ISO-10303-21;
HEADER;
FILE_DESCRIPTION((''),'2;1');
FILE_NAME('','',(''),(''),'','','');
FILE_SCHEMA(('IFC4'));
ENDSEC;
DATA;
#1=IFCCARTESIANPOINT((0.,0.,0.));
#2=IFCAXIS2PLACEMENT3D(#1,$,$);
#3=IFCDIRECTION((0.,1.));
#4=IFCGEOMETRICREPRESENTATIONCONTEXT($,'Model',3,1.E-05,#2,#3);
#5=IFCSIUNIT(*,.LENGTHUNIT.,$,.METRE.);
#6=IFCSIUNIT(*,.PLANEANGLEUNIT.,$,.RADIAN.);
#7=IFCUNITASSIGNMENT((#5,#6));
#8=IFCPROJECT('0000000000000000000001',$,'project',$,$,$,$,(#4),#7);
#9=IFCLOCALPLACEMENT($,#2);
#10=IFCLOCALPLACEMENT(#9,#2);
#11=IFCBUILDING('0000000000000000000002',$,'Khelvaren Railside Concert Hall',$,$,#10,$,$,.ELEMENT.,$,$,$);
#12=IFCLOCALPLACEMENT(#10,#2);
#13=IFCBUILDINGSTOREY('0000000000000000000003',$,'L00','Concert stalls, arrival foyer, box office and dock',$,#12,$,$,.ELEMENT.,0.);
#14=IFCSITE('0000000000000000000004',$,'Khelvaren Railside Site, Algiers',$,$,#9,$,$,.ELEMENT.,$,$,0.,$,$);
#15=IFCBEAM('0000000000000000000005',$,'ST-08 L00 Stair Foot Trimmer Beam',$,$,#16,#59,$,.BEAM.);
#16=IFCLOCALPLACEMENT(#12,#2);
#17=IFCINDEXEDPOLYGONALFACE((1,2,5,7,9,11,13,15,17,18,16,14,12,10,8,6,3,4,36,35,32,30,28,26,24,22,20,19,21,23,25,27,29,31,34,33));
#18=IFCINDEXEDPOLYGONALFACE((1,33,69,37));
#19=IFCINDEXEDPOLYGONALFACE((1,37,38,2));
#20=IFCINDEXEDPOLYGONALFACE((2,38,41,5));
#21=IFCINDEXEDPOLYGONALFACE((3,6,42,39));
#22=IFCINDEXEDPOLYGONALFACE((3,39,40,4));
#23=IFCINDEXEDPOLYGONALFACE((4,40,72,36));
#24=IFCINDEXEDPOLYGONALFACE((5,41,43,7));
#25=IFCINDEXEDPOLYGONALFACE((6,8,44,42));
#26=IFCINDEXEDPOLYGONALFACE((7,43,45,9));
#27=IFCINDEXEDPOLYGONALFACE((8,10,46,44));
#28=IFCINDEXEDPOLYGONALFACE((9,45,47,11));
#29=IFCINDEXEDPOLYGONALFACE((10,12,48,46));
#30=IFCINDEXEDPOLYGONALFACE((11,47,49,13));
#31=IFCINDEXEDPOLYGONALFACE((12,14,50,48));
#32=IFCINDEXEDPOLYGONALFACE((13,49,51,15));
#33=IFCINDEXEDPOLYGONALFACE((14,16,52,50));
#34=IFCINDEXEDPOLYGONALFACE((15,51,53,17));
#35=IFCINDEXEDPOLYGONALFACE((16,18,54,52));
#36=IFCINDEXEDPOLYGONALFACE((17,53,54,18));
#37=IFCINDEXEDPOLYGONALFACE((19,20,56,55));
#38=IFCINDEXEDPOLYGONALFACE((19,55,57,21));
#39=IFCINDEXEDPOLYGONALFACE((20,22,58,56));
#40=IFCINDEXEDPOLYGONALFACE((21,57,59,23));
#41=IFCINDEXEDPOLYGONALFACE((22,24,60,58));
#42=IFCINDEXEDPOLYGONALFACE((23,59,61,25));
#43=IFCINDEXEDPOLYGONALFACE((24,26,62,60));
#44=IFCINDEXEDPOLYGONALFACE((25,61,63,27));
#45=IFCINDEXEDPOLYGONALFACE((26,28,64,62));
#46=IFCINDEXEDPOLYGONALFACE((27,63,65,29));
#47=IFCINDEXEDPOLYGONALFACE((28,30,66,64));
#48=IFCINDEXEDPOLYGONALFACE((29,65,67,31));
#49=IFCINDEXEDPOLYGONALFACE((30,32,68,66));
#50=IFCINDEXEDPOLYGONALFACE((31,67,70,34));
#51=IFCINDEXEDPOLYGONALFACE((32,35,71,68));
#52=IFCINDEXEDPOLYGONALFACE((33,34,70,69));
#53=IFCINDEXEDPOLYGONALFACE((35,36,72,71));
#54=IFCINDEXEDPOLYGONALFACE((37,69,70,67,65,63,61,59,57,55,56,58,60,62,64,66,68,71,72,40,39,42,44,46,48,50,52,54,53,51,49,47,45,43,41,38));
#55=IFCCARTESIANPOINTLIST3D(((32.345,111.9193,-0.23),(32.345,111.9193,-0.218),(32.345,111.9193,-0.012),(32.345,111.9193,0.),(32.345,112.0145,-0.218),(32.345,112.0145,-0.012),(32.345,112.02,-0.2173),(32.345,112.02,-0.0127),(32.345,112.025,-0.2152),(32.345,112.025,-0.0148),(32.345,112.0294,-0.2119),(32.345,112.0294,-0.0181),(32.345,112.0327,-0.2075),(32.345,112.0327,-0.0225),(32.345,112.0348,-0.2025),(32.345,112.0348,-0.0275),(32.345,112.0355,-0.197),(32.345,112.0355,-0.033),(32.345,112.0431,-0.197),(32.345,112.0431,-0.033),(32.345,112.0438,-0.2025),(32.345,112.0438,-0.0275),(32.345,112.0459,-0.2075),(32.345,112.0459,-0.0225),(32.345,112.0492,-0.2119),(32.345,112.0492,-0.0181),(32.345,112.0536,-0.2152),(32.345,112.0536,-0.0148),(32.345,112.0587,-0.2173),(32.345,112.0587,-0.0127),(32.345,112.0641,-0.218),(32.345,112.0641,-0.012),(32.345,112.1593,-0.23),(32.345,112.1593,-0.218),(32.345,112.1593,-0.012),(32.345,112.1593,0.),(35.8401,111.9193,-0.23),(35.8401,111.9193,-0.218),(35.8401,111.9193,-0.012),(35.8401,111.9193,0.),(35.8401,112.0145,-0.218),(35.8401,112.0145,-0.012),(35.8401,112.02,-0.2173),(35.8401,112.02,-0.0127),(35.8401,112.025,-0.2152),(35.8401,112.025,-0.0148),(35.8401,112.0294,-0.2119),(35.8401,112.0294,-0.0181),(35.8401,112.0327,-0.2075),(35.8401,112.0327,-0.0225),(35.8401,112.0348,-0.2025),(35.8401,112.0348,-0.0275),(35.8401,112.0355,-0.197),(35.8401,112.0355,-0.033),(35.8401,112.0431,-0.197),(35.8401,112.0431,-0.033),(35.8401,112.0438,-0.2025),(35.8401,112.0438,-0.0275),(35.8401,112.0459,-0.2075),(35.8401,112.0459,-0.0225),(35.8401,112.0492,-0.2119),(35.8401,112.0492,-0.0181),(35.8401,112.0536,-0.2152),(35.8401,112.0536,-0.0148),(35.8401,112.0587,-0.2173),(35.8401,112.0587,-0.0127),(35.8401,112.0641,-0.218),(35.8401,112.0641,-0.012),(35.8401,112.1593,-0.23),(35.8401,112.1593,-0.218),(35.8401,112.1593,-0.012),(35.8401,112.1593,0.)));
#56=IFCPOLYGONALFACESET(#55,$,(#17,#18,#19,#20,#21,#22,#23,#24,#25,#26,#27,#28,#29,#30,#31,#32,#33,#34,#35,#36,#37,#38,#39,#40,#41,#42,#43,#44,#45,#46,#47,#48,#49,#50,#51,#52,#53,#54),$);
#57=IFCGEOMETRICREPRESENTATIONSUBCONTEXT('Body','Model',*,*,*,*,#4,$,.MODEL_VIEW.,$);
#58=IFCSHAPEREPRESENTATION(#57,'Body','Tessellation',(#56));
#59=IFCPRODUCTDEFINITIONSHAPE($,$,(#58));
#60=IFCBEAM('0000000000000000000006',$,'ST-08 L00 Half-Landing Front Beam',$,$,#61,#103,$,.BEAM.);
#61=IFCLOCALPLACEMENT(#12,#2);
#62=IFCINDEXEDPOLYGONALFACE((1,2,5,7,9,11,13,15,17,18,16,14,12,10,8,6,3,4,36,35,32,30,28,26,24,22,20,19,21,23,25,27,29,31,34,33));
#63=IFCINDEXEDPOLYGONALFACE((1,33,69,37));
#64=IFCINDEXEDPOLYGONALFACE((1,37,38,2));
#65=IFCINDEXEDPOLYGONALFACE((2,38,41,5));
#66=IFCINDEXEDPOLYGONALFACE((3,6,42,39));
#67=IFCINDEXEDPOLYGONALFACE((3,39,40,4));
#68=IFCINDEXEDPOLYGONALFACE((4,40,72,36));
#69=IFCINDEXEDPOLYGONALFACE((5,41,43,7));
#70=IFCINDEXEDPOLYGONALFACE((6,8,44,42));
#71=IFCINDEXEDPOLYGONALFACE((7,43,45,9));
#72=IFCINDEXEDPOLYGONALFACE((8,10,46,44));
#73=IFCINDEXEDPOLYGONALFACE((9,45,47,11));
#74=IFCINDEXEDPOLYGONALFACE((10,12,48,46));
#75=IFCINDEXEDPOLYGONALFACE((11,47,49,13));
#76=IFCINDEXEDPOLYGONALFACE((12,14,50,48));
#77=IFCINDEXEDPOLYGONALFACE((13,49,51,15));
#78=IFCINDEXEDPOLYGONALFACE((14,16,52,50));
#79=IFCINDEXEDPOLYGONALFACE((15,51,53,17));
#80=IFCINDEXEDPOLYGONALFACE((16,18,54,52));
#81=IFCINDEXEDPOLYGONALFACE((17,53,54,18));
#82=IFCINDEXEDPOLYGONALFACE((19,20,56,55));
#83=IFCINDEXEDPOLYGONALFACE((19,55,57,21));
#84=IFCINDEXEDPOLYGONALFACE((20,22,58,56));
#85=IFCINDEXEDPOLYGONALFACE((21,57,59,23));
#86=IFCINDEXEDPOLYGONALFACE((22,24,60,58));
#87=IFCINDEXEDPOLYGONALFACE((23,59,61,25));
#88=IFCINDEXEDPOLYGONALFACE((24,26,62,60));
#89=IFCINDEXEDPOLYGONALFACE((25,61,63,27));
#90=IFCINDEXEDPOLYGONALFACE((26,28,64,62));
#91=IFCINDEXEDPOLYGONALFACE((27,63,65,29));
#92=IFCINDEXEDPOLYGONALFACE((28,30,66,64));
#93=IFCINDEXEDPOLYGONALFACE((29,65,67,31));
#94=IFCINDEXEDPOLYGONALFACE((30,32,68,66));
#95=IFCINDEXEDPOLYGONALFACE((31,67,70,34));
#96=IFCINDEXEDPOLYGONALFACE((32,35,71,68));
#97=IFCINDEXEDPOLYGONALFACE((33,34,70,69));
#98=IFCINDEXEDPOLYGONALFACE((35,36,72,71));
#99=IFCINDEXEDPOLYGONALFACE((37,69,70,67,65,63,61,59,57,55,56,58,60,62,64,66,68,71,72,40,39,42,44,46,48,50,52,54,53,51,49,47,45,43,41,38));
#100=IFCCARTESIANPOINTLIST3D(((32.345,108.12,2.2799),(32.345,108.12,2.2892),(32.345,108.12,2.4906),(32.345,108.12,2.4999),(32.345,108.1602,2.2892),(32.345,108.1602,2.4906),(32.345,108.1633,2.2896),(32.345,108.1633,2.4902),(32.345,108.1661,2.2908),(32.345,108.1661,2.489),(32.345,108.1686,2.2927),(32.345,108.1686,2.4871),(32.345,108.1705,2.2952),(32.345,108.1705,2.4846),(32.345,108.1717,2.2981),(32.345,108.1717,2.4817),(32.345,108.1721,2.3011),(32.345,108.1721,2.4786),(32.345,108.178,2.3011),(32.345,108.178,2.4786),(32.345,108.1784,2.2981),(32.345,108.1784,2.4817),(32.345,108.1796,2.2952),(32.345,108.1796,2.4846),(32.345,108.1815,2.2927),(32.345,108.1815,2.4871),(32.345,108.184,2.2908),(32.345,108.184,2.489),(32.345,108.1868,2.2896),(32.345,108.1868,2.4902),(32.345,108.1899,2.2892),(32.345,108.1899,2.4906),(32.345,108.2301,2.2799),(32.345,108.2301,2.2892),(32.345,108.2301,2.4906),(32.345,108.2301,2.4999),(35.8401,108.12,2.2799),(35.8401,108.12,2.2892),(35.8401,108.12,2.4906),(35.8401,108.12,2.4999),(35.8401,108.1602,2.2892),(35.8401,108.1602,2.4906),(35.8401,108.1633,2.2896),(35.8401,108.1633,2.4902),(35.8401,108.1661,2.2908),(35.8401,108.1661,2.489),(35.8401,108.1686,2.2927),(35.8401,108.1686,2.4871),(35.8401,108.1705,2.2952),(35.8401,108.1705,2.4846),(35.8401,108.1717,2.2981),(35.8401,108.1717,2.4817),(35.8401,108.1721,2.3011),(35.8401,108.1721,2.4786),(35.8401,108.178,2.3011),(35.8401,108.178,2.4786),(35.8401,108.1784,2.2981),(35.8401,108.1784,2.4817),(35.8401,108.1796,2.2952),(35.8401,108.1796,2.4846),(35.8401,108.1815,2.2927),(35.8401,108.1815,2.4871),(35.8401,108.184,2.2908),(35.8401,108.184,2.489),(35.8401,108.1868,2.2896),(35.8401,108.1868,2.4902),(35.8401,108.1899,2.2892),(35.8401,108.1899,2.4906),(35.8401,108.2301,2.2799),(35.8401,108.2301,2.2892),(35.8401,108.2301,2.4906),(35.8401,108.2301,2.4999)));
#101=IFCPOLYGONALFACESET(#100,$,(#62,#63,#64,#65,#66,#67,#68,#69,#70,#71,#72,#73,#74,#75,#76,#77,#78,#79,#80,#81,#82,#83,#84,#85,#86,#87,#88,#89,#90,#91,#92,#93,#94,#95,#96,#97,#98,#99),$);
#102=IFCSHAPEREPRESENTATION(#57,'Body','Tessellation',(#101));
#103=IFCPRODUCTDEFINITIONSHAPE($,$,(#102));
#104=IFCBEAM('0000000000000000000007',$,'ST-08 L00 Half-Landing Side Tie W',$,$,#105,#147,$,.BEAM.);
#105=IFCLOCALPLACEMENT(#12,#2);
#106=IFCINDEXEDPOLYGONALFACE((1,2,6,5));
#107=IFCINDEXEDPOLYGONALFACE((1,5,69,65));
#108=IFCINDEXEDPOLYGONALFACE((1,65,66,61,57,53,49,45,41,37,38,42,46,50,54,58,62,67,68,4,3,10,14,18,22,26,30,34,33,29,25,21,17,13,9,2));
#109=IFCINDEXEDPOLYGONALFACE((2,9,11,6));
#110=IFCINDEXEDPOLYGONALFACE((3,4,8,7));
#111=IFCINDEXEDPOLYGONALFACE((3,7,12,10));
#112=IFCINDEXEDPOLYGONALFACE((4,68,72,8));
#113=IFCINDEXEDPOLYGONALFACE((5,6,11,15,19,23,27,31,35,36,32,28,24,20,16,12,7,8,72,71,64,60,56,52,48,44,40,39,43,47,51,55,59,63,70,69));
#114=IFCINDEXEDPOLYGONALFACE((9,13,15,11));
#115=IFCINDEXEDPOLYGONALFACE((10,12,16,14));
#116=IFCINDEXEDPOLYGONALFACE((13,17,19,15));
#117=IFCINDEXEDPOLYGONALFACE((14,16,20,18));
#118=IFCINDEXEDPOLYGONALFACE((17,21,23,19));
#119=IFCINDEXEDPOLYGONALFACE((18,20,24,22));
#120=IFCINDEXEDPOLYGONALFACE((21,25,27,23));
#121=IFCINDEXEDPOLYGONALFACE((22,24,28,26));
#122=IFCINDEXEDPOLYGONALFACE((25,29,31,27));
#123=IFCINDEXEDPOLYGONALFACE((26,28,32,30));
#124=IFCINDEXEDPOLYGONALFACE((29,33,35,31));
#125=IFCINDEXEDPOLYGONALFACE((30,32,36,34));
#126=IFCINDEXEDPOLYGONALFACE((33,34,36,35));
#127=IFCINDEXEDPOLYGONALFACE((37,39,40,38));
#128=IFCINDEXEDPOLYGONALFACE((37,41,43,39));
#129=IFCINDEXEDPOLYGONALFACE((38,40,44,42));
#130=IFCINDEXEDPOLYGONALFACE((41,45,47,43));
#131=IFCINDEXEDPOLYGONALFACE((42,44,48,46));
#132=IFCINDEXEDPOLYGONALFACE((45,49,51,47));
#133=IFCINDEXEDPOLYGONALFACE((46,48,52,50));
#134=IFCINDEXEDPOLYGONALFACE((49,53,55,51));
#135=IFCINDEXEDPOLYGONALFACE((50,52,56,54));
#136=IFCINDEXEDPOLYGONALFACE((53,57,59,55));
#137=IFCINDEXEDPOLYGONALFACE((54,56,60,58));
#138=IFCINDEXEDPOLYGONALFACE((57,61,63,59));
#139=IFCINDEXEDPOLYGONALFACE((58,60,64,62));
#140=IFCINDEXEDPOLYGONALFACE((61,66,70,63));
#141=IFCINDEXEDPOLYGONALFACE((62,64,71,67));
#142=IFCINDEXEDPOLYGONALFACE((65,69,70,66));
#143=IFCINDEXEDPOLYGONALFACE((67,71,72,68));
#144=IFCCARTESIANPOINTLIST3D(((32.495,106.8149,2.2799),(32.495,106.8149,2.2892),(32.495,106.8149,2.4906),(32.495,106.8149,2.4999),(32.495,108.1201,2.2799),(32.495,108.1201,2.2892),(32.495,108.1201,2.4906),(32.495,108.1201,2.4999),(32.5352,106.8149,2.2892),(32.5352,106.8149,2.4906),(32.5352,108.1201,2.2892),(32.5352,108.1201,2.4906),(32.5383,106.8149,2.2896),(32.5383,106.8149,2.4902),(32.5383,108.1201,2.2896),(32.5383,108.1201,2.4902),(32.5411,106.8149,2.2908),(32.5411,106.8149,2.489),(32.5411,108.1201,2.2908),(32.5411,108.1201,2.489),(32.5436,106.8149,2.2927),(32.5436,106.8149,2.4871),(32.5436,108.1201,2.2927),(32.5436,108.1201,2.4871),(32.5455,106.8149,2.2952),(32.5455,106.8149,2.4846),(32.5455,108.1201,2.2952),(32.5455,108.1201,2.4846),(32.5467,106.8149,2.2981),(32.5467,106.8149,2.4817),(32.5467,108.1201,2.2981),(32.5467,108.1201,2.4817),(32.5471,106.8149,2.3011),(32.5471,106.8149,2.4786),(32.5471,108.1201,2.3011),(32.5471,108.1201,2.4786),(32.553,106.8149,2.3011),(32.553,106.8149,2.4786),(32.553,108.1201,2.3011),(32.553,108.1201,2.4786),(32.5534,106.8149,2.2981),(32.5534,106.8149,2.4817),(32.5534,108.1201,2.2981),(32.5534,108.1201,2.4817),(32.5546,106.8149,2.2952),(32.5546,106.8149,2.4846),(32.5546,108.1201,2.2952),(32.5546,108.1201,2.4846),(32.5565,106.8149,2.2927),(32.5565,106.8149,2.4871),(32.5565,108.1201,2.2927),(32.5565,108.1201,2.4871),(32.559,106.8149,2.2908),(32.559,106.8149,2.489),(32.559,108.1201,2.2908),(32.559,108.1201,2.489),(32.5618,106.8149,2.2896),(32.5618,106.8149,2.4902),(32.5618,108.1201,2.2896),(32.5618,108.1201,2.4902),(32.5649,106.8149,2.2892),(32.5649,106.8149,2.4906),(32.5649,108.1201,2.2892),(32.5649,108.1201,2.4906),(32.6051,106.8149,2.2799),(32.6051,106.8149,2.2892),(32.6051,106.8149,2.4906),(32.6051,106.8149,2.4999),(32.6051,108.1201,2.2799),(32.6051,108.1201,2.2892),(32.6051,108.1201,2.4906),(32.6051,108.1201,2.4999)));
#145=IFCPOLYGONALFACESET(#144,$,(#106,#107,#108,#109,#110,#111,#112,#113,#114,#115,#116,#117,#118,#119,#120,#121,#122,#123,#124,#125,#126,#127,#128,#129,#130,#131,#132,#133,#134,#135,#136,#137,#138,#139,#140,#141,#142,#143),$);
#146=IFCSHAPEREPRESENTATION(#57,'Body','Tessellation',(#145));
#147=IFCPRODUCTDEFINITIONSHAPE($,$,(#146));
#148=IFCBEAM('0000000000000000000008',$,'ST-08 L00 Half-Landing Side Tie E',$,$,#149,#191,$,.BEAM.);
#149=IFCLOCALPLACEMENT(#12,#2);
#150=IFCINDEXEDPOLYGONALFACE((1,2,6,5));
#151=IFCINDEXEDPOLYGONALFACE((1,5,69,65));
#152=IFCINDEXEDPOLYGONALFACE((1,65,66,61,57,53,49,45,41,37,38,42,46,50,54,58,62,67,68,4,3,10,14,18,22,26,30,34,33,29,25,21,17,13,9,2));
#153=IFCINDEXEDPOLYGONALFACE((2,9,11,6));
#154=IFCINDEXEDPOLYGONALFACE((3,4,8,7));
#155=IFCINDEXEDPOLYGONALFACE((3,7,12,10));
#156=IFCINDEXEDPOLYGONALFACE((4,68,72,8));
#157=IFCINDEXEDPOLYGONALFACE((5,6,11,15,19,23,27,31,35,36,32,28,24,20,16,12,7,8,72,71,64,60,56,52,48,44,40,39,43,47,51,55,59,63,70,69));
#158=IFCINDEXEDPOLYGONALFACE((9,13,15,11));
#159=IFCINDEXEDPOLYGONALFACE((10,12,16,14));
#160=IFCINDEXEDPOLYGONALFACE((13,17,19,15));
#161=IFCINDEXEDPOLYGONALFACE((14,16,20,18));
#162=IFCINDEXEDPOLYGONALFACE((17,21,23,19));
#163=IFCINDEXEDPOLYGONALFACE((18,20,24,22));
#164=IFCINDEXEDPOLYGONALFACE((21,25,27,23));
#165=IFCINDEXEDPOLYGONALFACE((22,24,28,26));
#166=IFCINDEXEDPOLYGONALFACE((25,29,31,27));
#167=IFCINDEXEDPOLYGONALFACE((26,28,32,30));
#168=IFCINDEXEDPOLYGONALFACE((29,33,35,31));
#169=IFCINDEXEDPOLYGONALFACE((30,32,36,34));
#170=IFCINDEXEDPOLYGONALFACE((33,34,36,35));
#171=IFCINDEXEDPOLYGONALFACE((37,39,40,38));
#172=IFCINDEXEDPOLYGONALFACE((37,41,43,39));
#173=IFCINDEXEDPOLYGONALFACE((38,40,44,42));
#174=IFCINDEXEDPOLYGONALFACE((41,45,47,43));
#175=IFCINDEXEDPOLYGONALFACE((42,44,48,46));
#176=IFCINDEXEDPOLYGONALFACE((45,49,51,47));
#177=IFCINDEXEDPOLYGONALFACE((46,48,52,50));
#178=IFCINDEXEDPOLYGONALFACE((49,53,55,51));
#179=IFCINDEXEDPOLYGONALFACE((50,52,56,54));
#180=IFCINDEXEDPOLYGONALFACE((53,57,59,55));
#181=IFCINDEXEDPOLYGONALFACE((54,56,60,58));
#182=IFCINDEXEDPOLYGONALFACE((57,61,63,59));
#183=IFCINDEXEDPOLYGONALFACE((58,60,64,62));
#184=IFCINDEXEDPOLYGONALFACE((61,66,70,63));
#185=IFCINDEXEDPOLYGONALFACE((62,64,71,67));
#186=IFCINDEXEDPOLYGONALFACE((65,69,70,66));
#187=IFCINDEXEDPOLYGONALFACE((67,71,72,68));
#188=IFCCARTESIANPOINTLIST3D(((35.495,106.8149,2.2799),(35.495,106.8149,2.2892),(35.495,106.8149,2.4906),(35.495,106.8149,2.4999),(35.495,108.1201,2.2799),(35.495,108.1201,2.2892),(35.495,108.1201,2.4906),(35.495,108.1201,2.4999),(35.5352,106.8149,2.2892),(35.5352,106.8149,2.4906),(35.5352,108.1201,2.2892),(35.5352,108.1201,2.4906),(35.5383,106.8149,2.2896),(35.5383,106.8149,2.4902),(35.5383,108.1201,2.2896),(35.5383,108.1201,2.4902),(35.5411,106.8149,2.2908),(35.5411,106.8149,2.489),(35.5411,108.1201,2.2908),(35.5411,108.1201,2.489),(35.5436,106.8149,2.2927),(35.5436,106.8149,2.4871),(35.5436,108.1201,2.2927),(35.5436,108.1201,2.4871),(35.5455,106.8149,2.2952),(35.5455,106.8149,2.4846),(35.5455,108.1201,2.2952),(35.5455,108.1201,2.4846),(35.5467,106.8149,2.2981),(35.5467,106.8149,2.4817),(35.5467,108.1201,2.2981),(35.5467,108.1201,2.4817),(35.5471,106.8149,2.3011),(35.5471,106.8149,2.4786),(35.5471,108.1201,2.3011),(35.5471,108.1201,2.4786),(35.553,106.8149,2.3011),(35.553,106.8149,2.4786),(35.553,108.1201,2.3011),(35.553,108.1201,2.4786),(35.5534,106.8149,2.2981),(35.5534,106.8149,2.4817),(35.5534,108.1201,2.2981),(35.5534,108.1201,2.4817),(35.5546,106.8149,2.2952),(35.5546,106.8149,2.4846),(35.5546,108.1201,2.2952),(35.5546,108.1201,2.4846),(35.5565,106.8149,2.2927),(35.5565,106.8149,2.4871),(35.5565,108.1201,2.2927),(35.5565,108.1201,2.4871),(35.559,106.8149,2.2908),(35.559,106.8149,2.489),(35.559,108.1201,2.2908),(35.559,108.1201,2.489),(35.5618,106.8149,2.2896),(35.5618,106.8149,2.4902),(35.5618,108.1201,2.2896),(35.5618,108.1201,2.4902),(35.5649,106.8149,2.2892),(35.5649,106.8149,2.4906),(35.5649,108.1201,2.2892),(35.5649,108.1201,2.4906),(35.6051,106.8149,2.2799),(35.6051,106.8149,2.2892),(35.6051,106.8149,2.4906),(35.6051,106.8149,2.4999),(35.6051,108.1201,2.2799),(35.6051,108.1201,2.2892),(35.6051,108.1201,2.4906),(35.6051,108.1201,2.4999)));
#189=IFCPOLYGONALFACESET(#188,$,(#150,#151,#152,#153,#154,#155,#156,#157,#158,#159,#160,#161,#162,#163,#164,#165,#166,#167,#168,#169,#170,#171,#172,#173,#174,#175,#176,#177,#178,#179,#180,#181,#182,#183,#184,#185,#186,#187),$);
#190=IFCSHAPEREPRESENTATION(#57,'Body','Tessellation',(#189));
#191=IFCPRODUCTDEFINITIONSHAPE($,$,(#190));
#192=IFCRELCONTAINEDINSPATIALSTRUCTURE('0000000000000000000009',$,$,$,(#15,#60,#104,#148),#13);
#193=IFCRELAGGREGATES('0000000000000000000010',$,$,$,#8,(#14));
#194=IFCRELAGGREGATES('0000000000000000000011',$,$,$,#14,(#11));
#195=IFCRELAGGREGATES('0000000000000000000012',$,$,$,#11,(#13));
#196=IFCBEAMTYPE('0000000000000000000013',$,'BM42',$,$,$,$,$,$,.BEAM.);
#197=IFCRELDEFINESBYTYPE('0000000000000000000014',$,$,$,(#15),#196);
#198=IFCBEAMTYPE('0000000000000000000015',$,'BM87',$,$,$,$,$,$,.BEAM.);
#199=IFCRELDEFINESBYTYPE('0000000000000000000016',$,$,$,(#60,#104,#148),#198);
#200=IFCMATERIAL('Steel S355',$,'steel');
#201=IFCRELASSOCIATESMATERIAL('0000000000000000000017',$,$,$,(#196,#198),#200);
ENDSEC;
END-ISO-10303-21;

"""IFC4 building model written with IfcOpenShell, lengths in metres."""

from ifc_helpers import new_model, si_unit, direction, frame, origin, origin_2d, place, context, subcontext, project, spatial, i_section, extrude, material, material_profile, profile_set, type_object, element, save


model = new_model("IFC4")

# Units and contexts
model_context = context("Model", 3, precision=1e-05, world=origin(), true_north=direction((0.0, 1.0)))
body_context = subcontext(model_context, "Body", "Model", "MODEL_VIEW")
ifc_project = project(units=[si_unit("LENGTHUNIT", "METRE"), si_unit("PLANEANGLEUNIT", "RADIAN")], contexts=[model_context])

# Site, building, storey
site_placement = place(None, origin())
site = spatial("IfcSite", under=ifc_project, at=site_placement, Name="Khelvaren Railside Site, Algiers", CompositionType="ELEMENT", RefElevation=0.0)
building_placement = place(site_placement, origin())
building = spatial("IfcBuilding", under=site, at=building_placement, Name="Khelvaren Railside Concert Hall", CompositionType="ELEMENT")
storey_placement = place(building_placement, origin())
storey = spatial("IfcBuildingStorey", under=building, at=storey_placement, Name="L00", Description="Concert stalls, arrival foyer, box office and dock", CompositionType="ELEMENT", Elevation=0.0)

# Beams
ifc_material_1 = material(Name="Steel S355", Category="steel")
ifc_material_profile_1 = material_profile(ifc_material_1, i_section(OverallWidth=0.24, OverallDepth=0.23, WebThickness=0.0076, FlangeThickness=0.012, FilletRadius=0.021, at=origin_2d()), Name="HEA 240")
ifc_profile_set_1 = profile_set([ifc_material_profile_1], Name="Steel S355")
beam_type_1 = type_object("IfcBeamType", Name="BM42", PredefinedType="BEAM", material=ifc_profile_set_1)
beam_1_placement = place(storey_placement, frame((32.345, 112.0393, -0.115), z_axis=(1.0, 0.0, 0.0), x_axis=(0.0, 1.0, 0.0)))
element("IfcBeam", 1, at=beam_1_placement, inside=storey, type_object=beam_type_1, Name="ST-08 L00 Stair Foot Trimmer Beam", PredefinedType="BEAM", context=body_context, shape_type="SweptSolid", body=[
    extrude(i_section(OverallWidth=0.24, OverallDepth=0.23, WebThickness=0.0076, FlangeThickness=0.012, FilletRadius=0.021, at=origin_2d()), origin(), (0.0, 0.0, 1.0), 3.4951),
])
ifc_material_profile_2 = material_profile(ifc_material_1, i_section(OverallWidth=0.1101, OverallDepth=0.22, WebThickness=0.0059, FlangeThickness=0.0093, FilletRadius=0.012, at=origin_2d()), Name="IPE 220")
ifc_profile_set_2 = profile_set([ifc_material_profile_2], Name="Steel S355")
beam_type_2 = type_object("IfcBeamType", Name="BM87", PredefinedType="BEAM", material=ifc_profile_set_2)
beam_2_placement = place(storey_placement, frame((32.345, 108.175, 2.3899), z_axis=(1.0, 0.0, 0.0), x_axis=(0.0, 1.0, 0.0)))
element("IfcBeam", 2, at=beam_2_placement, inside=storey, type_object=beam_type_2, Name="ST-08 L00 Half-Landing Front Beam", PredefinedType="BEAM", context=body_context, shape_type="SweptSolid", body=[
    extrude(i_section(OverallWidth=0.1101, OverallDepth=0.22, WebThickness=0.0059, FlangeThickness=0.0093, FilletRadius=0.012, at=origin_2d()), origin(), (0.0, 0.0, 1.0), 3.4951),
])
for number, where, z_axis, x_axis, name in (
    (3, (32.55, 106.8149, 2.3899), (0.0, 1.0, 0.0), (-1.0, 0.0, 0.0), "ST-08 L00 Half-Landing Side Tie W"),
    (4, (35.55, 106.8149, 2.3899), (0.0, 1.0, 0.0), (-1.0, 0.0, 0.0), "ST-08 L00 Half-Landing Side Tie E"),
):
    element("IfcBeam", number, at=place(storey_placement, frame(where, z_axis=z_axis, x_axis=x_axis)), inside=storey, type_object=beam_type_2, Name=name, PredefinedType="BEAM", context=body_context, shape_type="SweptSolid", body=[
        extrude(i_section(OverallWidth=0.1101, OverallDepth=0.22, WebThickness=0.0059, FlangeThickness=0.0093, FilletRadius=0.012, at=origin_2d()), origin(), (0.0, 0.0, 1.0), 1.3052),
    ])

save(model, "model.ifc")
